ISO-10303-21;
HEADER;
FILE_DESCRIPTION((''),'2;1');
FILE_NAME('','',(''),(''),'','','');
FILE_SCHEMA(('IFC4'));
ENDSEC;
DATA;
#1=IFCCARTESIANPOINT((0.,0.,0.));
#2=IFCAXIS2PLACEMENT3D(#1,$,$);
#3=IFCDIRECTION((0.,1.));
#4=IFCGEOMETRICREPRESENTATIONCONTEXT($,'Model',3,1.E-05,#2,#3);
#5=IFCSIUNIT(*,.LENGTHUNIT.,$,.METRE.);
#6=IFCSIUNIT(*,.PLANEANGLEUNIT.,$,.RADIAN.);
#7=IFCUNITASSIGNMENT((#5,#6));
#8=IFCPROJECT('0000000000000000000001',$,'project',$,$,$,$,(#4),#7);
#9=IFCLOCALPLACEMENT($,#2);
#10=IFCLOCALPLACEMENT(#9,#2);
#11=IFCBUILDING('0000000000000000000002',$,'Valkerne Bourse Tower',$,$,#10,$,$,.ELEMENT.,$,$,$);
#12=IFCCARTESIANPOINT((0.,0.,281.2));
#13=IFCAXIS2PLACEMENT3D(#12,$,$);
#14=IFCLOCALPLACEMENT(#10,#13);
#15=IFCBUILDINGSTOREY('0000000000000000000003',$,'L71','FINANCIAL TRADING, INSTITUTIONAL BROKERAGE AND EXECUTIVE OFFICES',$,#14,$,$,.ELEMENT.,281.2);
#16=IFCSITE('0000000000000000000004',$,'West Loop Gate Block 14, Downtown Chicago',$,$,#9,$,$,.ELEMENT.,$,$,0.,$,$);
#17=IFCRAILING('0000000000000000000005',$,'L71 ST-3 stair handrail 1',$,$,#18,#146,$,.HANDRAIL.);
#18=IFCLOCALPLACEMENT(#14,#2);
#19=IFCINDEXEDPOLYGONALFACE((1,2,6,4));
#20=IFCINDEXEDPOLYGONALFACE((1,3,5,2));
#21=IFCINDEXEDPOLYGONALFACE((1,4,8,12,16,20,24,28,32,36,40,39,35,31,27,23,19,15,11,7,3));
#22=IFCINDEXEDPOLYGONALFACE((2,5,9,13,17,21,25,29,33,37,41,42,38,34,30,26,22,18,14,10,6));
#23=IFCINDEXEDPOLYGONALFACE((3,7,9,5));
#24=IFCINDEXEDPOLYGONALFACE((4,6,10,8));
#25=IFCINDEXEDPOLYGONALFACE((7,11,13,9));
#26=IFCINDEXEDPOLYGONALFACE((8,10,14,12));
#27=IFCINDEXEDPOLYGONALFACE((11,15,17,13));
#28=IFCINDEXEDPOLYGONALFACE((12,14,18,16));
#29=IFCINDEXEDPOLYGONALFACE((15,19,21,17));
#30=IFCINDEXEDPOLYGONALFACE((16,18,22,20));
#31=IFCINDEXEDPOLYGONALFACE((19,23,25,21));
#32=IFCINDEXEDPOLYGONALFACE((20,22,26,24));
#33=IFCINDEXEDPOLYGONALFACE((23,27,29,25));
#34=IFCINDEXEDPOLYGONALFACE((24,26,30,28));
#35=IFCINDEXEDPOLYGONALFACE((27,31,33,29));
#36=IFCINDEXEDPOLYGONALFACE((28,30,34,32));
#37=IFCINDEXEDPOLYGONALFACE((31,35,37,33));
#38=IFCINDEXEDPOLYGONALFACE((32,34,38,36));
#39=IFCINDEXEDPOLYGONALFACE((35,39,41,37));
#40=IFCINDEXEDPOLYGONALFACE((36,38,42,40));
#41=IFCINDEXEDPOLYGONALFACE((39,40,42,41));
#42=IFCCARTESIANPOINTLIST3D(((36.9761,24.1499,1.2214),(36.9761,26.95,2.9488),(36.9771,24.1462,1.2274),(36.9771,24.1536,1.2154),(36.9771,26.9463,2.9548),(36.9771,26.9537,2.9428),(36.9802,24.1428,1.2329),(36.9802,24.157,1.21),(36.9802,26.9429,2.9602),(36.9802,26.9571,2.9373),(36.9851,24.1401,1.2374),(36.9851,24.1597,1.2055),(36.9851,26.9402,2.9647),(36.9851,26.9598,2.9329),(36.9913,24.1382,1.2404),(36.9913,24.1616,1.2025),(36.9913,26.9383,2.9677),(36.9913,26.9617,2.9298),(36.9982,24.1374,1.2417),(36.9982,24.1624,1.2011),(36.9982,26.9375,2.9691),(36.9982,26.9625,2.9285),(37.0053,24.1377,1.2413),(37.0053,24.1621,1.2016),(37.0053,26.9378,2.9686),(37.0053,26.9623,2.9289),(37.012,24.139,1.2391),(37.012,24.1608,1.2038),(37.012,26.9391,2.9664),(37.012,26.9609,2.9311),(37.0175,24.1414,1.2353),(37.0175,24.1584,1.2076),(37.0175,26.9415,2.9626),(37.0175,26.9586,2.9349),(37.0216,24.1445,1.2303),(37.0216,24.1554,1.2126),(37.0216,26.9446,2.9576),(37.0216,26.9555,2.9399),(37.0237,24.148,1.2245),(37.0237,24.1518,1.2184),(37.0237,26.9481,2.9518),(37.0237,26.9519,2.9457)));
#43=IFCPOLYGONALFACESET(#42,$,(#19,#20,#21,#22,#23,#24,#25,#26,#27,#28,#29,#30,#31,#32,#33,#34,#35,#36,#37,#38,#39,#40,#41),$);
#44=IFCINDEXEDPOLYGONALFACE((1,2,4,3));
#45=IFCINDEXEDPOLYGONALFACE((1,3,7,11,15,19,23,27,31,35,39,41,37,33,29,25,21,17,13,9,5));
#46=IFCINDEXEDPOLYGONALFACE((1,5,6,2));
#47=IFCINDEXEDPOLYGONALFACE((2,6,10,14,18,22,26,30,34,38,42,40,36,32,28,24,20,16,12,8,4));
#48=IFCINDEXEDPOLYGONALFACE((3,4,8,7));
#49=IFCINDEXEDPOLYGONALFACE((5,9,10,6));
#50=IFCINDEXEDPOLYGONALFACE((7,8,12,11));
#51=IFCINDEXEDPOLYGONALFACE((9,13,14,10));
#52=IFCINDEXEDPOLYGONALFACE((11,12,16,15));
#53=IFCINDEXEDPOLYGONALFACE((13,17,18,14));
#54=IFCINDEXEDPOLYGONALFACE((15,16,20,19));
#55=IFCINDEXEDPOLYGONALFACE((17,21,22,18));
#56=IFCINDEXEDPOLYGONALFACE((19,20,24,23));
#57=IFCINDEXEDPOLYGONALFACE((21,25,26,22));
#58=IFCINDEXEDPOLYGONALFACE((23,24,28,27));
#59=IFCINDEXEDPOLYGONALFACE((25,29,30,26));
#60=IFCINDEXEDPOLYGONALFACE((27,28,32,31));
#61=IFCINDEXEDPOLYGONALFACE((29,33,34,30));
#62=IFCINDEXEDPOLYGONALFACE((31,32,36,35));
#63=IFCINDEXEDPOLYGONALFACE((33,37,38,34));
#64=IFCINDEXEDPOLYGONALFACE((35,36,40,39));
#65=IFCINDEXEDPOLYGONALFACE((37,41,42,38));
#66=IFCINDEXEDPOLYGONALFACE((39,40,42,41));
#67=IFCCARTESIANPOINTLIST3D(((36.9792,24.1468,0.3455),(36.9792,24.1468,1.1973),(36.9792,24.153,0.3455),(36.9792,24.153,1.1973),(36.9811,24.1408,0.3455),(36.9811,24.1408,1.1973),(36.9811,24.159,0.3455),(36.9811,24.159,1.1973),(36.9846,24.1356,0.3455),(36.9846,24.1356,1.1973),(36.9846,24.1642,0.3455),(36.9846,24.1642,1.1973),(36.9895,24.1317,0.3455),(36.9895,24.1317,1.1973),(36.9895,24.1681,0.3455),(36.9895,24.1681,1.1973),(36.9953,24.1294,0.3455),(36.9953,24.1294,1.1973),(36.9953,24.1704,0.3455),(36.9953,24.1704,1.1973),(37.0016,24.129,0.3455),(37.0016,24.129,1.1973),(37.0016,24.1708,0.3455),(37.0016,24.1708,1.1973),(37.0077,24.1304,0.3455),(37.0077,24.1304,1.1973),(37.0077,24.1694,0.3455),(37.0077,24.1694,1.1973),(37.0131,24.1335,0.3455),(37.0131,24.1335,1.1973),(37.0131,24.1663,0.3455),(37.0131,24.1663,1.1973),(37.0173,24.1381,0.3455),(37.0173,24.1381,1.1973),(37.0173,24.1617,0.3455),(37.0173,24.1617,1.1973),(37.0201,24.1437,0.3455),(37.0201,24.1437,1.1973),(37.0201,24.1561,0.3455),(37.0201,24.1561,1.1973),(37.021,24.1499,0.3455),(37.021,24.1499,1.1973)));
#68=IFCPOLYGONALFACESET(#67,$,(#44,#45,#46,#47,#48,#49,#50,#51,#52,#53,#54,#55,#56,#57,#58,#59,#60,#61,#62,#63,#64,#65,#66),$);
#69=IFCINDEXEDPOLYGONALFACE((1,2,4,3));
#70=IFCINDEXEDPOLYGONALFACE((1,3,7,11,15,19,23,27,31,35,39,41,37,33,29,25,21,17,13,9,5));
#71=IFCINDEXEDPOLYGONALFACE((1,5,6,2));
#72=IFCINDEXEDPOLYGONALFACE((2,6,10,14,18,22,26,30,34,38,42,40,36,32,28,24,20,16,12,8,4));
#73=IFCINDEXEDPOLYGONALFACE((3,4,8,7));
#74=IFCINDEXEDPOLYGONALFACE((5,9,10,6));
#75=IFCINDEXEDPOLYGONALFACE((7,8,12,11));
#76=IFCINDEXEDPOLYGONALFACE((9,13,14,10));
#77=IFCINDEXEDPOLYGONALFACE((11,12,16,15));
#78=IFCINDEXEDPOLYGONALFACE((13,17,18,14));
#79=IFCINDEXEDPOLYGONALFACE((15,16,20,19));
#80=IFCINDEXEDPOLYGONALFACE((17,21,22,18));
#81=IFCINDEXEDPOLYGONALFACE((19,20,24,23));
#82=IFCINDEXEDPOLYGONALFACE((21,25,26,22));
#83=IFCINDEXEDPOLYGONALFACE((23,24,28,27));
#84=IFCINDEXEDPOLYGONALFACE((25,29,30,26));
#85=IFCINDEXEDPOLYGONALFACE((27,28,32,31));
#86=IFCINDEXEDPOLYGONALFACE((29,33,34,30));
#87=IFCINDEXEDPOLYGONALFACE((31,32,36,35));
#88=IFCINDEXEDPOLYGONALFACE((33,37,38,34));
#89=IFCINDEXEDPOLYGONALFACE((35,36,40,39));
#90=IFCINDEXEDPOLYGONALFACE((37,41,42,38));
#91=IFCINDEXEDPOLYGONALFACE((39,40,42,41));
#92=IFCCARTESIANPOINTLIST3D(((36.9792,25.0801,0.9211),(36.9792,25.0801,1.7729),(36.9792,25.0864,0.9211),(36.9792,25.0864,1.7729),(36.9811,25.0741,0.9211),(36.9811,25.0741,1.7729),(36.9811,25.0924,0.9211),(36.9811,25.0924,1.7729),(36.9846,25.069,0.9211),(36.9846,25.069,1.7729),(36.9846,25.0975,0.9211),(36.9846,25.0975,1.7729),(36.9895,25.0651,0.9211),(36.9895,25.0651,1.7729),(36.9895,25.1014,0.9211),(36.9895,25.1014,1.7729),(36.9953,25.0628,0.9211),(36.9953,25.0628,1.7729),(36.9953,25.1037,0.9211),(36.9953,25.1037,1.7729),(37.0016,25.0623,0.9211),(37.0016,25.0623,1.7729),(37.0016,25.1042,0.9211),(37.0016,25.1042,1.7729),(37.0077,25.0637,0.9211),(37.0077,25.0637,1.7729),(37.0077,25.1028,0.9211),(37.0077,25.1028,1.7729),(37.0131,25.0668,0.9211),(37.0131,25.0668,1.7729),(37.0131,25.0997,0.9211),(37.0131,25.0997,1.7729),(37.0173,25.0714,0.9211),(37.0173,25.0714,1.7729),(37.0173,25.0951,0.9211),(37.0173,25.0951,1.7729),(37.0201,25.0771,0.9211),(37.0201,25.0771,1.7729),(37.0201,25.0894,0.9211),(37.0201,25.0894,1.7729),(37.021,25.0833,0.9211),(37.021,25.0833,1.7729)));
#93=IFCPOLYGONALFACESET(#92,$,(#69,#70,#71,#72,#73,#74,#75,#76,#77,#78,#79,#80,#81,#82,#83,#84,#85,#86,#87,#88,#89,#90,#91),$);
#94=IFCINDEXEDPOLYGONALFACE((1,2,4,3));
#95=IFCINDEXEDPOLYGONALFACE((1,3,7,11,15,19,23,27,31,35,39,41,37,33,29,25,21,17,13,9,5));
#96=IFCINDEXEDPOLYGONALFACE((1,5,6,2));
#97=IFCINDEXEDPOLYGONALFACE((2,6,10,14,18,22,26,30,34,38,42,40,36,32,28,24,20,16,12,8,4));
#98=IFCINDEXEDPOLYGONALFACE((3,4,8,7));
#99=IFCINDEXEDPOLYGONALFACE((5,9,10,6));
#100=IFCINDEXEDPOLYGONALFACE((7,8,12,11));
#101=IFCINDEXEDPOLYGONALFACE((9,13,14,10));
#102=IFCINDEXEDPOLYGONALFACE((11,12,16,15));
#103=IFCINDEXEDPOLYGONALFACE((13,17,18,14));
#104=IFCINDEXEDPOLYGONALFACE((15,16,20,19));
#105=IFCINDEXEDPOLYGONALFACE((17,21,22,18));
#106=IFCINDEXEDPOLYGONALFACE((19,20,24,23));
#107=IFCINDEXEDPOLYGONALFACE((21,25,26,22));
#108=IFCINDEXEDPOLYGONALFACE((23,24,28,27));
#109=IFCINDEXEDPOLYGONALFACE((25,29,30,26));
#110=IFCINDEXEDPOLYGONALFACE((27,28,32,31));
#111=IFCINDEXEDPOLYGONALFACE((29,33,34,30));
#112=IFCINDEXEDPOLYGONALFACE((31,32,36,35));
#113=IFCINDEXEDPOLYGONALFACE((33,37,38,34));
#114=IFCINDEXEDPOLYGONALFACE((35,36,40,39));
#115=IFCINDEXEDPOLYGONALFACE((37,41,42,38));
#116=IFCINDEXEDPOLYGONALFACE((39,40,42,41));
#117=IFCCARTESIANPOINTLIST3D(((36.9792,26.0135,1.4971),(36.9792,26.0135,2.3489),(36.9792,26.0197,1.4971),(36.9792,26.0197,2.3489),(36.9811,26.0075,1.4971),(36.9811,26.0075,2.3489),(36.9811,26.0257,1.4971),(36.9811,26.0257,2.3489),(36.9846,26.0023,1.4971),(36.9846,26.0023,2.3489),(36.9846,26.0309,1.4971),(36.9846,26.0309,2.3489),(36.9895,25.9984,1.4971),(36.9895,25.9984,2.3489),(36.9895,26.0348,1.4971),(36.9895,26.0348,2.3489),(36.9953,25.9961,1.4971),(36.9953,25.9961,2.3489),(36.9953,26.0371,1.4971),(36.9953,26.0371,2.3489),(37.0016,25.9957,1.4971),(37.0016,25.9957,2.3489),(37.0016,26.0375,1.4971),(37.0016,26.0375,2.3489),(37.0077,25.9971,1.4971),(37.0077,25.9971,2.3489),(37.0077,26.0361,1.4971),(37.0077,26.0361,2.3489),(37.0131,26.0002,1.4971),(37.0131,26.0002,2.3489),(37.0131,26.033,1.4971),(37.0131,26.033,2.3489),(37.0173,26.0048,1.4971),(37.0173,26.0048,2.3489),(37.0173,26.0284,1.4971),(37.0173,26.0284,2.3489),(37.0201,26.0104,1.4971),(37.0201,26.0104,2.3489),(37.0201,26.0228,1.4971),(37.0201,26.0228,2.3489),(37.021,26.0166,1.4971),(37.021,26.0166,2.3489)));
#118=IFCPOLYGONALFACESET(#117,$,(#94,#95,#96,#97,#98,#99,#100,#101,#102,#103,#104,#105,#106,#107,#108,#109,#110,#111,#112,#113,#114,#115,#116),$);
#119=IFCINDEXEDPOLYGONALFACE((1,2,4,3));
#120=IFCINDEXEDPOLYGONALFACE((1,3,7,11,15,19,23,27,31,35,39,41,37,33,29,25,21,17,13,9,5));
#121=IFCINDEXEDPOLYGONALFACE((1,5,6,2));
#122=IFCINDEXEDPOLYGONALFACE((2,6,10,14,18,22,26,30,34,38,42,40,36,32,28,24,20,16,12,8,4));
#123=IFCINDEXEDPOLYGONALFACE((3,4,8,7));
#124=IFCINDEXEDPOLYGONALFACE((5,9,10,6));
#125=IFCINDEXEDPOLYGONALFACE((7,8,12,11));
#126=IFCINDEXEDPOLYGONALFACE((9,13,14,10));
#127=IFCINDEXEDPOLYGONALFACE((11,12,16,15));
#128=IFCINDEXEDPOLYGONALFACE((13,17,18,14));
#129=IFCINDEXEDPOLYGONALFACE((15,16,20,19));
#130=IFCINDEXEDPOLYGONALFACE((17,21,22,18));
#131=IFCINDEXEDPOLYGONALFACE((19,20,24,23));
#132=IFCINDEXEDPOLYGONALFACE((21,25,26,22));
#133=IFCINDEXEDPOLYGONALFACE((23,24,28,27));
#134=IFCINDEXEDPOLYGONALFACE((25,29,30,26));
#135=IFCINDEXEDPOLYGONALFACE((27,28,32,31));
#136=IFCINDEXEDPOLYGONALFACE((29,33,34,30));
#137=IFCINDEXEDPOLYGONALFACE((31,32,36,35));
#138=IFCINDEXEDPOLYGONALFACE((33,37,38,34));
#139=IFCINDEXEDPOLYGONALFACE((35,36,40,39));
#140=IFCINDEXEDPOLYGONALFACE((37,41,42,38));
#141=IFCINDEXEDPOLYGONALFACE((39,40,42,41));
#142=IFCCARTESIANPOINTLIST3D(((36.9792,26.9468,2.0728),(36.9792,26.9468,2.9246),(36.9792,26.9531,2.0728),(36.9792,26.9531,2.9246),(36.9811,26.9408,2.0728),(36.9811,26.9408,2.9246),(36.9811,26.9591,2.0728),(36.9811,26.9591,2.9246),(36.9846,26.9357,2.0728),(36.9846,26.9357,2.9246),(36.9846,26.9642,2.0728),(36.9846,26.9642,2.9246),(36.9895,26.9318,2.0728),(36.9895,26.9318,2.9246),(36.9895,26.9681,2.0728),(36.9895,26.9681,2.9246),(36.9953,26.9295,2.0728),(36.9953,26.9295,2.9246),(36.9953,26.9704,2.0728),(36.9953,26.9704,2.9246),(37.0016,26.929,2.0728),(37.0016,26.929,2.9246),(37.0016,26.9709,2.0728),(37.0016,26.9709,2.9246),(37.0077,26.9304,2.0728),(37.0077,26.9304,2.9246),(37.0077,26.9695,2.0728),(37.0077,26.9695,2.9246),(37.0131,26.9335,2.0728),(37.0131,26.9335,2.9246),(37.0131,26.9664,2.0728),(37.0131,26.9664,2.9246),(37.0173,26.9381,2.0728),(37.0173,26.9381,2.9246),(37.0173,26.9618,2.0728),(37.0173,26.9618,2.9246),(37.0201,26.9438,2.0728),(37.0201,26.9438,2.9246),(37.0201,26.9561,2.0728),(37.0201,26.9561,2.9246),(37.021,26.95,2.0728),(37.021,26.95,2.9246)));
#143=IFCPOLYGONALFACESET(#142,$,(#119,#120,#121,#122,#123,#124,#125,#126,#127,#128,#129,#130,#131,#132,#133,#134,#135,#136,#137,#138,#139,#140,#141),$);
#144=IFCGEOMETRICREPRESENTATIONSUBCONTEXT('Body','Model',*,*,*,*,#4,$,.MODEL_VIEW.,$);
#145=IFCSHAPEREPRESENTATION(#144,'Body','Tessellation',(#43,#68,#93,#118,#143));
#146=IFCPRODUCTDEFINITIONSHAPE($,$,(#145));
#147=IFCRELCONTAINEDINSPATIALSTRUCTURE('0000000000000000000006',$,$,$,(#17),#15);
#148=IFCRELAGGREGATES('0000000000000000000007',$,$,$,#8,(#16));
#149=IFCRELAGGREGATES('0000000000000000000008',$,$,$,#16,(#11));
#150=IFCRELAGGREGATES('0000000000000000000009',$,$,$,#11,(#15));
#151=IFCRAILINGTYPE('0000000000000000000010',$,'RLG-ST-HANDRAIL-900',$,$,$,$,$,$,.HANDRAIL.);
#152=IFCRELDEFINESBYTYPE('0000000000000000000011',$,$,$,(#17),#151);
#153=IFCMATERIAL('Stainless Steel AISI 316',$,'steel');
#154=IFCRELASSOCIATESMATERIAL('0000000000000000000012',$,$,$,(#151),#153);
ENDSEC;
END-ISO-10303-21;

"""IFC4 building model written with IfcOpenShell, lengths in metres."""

from ifc_helpers import new_model, si_unit, direction, frame, origin, origin_2d, place, context, subcontext, project, spatial, circle, extrude, material, type_object, element, save


model = new_model("IFC4")

# Units and contexts
model_context = context("Model", 3, precision=1e-05, world=origin(), true_north=direction((0.0, 1.0)))
body_context = subcontext(model_context, "Body", "Model", "MODEL_VIEW")
ifc_project = project(units=[si_unit("LENGTHUNIT", "METRE"), si_unit("PLANEANGLEUNIT", "RADIAN")], contexts=[model_context])

# Site, building, storey
site_placement = place(None, origin())
site = spatial("IfcSite", under=ifc_project, at=site_placement, Name="West Loop Gate Block 14, Downtown Chicago", CompositionType="ELEMENT", RefElevation=0.0)
building_placement = place(site_placement, origin())
building = spatial("IfcBuilding", under=site, at=building_placement, Name="Valkerne Bourse Tower", CompositionType="ELEMENT")
storey_placement = place(building_placement, frame((0.0, 0.0, 281.2)))
storey = spatial("IfcBuildingStorey", under=building, at=storey_placement, Name="L71", Description="FINANCIAL TRADING, INSTITUTIONAL BROKERAGE AND EXECUTIVE OFFICES", CompositionType="ELEMENT", Elevation=281.2)

# Shared definitions
ifc_material_1 = material(Name="Stainless Steel AISI 316", Category="steel")

# Railing
railing_type_1 = type_object("IfcRailingType", Name="RLG-ST-HANDRAIL-900", PredefinedType="HANDRAIL", material=ifc_material_1)
railing_1_placement = place(storey_placement, frame((37.0, 24.1499, 0.3455)))
element("IfcRailing", 1, at=railing_1_placement, inside=storey, type_object=railing_type_1, Name="L71 ST-3 stair handrail 1", PredefinedType="HANDRAIL", context=body_context, shape_type="SweptSolid", body=[
    extrude(circle(Radius=0.0239, at=origin_2d()), frame((0.0, 0.0, 0.876), z_axis=(0.0, 0.85109, 0.52502), x_axis=(-1.0, 0.0, 0.0)), (0.0, 0.0, 1.0), 3.29),
    extrude(circle(Radius=0.021, at=origin_2d()), origin(), (0.0, 0.0, 1.0), 0.8518),
    extrude(circle(Radius=0.021, at=origin_2d()), frame((0.0, 0.9333, 0.5757)), (0.0, 0.0, 1.0), 0.8518),
    extrude(circle(Radius=0.021, at=origin_2d()), frame((0.0, 1.8667, 1.1516)), (0.0, 0.0, 1.0), 0.8518),
    extrude(circle(Radius=0.021, at=origin_2d()), frame((0.0, 2.8, 1.7273)), (0.0, 0.0, 1.0), 0.8518),
])

save(model, "model.ifc")
